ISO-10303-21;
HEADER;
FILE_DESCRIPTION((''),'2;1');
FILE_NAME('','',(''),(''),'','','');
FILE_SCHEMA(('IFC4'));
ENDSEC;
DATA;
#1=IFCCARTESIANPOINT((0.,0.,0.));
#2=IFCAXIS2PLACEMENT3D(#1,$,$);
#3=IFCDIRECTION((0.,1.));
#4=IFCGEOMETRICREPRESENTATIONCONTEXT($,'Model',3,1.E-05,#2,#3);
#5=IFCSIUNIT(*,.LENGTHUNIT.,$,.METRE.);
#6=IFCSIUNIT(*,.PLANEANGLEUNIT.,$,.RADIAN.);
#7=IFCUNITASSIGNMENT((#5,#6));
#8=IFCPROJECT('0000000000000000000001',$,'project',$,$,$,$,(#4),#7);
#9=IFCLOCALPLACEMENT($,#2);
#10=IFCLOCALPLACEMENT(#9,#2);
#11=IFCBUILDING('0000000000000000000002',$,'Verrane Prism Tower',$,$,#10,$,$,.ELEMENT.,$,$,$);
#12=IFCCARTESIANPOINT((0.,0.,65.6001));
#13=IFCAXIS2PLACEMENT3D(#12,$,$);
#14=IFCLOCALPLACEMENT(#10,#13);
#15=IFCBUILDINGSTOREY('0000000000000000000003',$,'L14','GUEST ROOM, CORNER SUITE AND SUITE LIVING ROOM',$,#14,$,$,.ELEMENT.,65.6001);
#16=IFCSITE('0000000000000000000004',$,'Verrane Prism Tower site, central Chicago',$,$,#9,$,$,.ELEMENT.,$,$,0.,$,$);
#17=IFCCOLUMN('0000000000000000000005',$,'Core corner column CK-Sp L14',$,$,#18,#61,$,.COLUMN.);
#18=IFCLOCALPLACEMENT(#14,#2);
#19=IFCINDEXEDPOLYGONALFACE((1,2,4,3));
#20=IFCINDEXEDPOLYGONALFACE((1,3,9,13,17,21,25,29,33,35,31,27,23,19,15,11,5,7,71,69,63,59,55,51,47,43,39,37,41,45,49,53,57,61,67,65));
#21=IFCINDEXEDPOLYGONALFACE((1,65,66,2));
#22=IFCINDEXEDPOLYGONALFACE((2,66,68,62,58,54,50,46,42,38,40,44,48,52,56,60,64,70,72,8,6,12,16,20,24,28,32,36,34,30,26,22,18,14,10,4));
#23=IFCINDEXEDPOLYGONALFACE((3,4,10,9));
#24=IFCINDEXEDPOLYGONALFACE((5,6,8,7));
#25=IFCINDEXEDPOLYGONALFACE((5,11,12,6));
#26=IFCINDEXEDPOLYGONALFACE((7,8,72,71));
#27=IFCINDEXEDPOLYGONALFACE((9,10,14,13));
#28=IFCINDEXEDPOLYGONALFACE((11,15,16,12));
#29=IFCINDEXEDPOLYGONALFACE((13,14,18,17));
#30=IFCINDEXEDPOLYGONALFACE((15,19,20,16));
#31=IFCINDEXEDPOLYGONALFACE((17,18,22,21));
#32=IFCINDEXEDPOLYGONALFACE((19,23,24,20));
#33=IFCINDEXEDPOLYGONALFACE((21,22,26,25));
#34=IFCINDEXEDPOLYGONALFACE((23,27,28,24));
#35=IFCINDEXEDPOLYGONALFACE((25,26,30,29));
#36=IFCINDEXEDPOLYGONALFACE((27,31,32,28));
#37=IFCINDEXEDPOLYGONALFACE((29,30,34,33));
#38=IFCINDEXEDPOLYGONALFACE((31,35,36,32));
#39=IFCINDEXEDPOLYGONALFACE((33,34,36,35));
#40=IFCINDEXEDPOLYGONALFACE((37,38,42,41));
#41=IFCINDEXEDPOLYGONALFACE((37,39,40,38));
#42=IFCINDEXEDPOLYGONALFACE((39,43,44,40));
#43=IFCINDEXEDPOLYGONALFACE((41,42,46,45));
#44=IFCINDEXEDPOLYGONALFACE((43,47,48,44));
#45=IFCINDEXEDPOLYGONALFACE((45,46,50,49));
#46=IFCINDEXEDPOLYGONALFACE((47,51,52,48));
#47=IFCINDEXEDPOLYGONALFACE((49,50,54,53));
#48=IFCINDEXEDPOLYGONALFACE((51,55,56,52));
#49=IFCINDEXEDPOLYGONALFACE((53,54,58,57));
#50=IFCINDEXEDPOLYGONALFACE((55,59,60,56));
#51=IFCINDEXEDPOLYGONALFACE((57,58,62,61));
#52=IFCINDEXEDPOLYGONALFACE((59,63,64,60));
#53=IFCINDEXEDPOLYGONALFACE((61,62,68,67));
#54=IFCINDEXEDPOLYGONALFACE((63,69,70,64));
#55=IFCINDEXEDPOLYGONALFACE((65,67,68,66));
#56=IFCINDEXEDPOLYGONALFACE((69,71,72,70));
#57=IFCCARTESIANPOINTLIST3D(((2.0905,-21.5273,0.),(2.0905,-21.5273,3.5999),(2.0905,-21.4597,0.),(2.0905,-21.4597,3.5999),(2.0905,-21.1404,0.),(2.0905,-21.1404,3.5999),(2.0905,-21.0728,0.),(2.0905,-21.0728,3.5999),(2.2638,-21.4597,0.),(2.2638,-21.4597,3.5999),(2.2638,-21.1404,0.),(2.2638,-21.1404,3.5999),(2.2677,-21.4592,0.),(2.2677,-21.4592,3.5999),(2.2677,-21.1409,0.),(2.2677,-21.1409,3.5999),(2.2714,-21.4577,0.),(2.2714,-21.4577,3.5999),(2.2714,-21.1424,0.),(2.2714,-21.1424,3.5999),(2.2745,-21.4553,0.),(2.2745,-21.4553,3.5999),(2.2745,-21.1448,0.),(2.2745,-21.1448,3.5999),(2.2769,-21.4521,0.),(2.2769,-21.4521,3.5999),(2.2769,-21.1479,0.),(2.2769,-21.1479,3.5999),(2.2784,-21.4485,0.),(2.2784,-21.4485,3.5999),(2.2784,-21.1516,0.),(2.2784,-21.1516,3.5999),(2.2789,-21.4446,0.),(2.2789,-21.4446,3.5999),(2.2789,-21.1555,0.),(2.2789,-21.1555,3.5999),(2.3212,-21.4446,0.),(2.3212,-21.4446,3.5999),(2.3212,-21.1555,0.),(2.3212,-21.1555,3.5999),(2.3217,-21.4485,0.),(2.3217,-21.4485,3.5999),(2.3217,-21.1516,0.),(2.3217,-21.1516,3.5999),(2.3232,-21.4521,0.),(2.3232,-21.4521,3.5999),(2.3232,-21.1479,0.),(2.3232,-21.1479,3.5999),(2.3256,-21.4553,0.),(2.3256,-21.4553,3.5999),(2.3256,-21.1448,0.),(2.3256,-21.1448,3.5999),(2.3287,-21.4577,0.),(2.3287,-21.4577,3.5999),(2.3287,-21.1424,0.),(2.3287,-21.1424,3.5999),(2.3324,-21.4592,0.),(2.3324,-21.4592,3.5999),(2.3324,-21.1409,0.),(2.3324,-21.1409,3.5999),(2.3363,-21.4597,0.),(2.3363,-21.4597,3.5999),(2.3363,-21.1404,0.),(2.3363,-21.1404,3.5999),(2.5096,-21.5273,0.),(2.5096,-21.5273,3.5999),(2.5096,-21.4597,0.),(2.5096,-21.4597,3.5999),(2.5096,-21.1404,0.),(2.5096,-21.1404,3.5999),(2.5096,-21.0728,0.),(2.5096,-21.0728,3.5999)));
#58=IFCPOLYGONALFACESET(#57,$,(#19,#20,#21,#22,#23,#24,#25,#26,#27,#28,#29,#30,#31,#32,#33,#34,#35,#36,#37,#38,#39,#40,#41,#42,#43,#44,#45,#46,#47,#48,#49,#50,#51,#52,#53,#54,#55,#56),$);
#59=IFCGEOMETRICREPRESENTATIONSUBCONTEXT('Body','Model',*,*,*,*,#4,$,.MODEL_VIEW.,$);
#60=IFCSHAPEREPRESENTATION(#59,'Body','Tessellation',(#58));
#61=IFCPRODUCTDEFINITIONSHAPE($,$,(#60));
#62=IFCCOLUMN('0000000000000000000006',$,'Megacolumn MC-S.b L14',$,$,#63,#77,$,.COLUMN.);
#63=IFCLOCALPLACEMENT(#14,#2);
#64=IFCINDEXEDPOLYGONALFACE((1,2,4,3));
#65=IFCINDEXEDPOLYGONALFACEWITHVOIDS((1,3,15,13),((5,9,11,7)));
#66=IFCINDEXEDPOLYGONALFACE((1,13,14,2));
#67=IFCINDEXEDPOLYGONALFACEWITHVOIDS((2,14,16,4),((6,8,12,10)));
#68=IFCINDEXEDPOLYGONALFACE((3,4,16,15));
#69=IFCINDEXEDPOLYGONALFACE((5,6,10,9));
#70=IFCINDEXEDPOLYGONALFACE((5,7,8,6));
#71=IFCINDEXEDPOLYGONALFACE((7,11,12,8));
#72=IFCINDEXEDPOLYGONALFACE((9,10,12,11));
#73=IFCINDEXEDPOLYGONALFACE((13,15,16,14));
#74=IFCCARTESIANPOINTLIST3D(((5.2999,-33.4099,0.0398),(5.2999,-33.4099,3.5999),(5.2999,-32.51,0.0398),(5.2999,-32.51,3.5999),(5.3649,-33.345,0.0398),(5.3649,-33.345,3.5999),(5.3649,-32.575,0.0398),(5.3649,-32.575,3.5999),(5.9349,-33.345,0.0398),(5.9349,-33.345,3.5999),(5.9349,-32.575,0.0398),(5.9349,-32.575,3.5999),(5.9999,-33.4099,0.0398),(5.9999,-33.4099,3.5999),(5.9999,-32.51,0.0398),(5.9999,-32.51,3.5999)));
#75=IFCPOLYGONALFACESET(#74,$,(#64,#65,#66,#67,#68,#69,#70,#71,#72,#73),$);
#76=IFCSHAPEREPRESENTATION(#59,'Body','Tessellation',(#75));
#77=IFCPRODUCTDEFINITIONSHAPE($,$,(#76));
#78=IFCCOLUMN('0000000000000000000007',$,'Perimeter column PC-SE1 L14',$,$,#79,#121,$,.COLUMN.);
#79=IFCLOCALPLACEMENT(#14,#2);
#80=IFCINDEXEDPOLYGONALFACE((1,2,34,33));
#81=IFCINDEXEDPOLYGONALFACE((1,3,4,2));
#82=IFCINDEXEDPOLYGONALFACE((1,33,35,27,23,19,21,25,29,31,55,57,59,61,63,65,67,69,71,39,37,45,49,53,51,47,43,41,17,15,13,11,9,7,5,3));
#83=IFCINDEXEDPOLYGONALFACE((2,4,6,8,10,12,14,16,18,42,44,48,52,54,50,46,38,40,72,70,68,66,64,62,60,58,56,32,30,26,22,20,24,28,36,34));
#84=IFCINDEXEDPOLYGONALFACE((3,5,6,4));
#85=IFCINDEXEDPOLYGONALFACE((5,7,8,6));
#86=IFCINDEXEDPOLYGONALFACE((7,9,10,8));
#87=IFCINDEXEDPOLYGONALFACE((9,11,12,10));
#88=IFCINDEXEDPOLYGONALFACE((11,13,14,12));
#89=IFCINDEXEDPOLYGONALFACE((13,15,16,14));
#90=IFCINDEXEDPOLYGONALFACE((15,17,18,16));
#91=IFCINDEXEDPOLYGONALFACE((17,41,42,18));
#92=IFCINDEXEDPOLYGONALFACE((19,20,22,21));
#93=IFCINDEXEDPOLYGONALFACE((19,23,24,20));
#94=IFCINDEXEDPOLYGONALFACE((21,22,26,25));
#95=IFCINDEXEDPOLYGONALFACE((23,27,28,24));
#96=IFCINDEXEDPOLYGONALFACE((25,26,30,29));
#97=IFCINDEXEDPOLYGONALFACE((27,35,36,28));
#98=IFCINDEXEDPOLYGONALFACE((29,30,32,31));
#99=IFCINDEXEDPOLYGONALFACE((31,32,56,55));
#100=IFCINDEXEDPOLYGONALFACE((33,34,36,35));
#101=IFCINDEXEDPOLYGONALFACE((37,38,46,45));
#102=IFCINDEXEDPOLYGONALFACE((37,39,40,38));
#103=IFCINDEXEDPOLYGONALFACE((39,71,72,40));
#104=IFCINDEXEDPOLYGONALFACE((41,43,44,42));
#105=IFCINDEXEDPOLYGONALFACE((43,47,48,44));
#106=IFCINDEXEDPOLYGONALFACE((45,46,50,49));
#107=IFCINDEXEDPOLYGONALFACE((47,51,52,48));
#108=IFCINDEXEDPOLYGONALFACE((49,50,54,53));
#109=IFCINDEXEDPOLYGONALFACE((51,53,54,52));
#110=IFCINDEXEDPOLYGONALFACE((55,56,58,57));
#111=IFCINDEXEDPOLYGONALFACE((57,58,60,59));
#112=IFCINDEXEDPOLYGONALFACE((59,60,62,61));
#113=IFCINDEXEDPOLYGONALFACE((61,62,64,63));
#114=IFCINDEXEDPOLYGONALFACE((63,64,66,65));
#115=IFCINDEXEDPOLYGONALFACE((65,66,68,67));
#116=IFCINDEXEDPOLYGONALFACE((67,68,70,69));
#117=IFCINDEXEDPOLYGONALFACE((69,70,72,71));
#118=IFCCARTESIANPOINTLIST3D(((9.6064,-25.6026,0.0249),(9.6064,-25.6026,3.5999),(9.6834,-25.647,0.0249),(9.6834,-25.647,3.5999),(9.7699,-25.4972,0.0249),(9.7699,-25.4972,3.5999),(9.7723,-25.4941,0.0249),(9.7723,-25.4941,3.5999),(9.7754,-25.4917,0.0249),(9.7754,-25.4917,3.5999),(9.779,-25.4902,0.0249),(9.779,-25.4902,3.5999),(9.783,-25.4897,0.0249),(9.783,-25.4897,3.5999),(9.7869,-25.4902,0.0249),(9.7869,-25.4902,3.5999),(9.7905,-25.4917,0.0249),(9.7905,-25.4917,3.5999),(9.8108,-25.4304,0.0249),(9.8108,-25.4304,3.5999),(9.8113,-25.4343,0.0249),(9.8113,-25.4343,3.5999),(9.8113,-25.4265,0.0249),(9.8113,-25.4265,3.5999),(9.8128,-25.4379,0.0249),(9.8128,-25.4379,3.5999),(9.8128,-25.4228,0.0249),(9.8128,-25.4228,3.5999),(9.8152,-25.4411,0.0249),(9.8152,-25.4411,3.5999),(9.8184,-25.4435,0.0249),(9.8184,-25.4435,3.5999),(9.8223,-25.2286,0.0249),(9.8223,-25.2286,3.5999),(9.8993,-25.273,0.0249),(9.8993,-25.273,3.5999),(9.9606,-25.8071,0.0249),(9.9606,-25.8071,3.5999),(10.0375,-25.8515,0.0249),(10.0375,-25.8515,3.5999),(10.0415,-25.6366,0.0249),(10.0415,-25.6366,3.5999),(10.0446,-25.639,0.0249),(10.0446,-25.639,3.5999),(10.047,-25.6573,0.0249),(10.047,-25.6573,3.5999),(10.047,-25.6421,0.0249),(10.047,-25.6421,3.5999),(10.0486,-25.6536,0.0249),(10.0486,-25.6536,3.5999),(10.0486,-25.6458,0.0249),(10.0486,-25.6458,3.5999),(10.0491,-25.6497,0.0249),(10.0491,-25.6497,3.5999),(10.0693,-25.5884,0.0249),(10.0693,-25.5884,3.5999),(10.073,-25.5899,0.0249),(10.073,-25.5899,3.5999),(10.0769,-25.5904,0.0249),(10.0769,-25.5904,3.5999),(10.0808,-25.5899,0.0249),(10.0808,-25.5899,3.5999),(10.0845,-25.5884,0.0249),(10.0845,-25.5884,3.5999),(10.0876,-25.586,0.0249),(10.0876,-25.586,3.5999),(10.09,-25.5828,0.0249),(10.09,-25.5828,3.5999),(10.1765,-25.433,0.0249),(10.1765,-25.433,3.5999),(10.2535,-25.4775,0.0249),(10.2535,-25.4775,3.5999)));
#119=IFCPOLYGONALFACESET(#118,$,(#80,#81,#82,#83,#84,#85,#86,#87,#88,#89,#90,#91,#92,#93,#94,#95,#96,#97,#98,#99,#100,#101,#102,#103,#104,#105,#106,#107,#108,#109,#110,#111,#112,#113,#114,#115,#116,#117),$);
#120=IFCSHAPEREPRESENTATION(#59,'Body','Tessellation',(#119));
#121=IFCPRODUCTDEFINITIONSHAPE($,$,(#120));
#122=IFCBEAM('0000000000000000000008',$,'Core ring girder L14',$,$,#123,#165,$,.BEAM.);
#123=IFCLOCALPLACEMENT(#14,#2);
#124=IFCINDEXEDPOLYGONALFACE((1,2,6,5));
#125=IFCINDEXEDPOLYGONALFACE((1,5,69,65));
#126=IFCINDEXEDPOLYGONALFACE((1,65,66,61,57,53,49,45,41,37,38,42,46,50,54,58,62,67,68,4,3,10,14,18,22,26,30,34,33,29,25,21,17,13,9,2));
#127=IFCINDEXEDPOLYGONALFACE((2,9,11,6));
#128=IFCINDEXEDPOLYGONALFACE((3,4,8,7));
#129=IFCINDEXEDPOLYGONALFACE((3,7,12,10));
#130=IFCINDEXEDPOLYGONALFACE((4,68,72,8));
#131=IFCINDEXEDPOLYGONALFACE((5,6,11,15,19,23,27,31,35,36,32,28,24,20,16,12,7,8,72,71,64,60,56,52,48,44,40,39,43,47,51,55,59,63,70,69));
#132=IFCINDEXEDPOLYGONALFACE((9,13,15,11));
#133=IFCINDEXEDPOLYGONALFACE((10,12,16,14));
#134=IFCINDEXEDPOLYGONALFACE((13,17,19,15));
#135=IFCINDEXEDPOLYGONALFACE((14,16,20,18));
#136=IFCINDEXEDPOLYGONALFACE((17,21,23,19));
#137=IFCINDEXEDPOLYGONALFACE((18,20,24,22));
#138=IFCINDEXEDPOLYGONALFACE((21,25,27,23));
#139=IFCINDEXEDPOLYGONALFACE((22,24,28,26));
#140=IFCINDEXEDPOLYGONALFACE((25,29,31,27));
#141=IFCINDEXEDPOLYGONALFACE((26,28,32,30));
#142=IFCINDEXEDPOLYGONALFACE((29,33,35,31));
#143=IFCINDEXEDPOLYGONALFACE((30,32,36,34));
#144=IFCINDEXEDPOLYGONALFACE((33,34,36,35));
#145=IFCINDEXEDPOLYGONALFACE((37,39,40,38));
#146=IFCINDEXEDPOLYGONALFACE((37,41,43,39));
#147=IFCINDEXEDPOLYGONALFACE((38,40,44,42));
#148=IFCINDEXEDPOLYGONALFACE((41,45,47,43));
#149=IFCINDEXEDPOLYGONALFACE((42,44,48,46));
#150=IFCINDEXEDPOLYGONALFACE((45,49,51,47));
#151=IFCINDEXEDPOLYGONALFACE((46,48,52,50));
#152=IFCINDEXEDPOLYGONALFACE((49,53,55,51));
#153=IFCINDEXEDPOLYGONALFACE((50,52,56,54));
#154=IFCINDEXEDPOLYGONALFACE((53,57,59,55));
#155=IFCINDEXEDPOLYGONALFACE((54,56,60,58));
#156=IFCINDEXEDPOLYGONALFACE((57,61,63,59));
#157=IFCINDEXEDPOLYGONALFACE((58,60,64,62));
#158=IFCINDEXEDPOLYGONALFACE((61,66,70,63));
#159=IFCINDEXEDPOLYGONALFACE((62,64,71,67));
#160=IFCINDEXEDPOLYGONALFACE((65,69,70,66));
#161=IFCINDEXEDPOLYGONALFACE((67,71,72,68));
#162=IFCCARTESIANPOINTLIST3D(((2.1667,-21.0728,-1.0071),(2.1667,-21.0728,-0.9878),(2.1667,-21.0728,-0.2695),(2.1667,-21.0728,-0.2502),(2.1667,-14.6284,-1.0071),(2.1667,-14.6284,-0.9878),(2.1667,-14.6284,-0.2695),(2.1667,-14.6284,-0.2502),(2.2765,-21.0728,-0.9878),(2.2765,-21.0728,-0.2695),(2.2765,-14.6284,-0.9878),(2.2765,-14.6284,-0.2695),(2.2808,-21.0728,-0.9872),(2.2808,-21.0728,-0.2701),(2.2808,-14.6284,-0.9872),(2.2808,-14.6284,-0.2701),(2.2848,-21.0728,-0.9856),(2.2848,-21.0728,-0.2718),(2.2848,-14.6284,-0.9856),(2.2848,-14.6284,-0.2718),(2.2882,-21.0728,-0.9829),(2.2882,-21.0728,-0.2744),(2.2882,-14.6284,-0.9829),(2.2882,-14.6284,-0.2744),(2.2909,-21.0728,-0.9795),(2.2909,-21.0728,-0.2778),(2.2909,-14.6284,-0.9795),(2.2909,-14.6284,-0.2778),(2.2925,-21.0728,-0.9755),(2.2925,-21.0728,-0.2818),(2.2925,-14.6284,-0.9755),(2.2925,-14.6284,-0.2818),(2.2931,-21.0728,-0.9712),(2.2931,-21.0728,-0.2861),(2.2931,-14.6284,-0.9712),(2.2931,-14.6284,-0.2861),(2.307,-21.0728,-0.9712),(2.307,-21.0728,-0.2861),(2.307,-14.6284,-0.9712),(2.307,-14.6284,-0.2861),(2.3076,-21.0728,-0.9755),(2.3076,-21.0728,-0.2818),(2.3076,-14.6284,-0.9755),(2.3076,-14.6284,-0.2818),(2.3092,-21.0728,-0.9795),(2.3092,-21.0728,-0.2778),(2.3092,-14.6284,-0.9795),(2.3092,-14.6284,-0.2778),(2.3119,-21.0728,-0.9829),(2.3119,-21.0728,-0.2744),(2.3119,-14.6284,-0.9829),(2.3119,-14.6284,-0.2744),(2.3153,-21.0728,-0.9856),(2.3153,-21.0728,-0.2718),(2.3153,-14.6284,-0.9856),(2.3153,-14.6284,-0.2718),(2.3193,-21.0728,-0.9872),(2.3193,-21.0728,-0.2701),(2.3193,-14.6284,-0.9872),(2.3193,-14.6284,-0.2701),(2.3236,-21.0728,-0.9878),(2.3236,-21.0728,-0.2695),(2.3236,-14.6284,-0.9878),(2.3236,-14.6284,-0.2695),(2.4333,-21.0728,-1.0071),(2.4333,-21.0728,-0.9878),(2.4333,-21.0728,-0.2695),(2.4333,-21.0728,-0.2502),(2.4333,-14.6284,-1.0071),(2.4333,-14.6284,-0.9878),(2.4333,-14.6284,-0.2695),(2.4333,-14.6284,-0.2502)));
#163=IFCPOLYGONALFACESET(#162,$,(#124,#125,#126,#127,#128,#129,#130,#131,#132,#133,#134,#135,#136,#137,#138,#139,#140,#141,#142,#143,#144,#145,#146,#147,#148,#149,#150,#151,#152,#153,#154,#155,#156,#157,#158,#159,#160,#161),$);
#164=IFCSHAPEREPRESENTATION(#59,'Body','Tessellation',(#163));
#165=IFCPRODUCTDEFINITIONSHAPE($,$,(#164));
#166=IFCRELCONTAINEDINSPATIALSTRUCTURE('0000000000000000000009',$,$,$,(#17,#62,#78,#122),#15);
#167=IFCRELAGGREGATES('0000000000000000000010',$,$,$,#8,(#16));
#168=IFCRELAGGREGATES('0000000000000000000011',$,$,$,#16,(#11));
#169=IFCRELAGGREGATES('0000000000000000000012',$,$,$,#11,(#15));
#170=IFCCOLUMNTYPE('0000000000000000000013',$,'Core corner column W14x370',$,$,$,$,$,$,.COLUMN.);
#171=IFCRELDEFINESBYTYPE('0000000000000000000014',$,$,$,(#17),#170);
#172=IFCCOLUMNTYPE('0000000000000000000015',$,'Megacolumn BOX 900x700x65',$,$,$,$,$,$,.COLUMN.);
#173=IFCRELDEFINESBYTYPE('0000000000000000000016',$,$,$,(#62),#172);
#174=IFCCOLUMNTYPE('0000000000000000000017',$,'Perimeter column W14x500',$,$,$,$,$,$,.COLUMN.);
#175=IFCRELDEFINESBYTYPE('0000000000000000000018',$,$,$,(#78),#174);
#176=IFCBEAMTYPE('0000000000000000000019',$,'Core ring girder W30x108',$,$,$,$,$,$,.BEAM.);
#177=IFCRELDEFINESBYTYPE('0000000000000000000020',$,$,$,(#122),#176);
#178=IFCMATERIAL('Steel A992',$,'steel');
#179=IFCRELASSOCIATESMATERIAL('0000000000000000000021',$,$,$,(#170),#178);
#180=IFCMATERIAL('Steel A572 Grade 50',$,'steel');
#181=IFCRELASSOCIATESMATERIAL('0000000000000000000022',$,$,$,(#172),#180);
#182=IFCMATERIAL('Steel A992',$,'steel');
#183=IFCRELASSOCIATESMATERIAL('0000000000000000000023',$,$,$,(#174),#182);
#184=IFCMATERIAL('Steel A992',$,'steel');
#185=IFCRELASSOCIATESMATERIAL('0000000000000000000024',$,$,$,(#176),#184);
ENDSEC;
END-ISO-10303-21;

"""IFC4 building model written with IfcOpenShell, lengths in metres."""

from ifc_helpers import new_model, si_unit, direction, frame, origin, origin_2d, place, context, subcontext, project, spatial, hollow_rectangle, i_section, extrude, material, material_profile, profile_set, type_object, element, save


model = new_model("IFC4")

# Units and contexts
model_context = context("Model", 3, precision=1e-05, world=origin(), true_north=direction((0.0, 1.0)))
body_context = subcontext(model_context, "Body", "Model", "MODEL_VIEW")
ifc_project = project(units=[si_unit("LENGTHUNIT", "METRE"), si_unit("PLANEANGLEUNIT", "RADIAN")], contexts=[model_context])

# Site, building, storey
site_placement = place(None, origin())
site = spatial("IfcSite", under=ifc_project, at=site_placement, Name="Verrane Prism Tower site, central Chicago", CompositionType="ELEMENT", RefElevation=0.0)
building_placement = place(site_placement, origin())
building = spatial("IfcBuilding", under=site, at=building_placement, Name="Verrane Prism Tower", CompositionType="ELEMENT")
storey_placement = place(building_placement, frame((0.0, 0.0, 65.6001)))
storey = spatial("IfcBuildingStorey", under=building, at=storey_placement, Name="L14", Description="GUEST ROOM, CORNER SUITE AND SUITE LIVING ROOM", CompositionType="ELEMENT", Elevation=65.6001)

# Columns
ifc_material_1 = material(Name="Steel A992", Category="steel")
ifc_material_profile_1 = material_profile(ifc_material_1, i_section(OverallWidth=0.4192, OverallDepth=0.4546, WebThickness=0.0422, FlangeThickness=0.0676, FilletRadius=0.0151, at=origin_2d()), Name="W14x370")
ifc_profile_set_1 = profile_set([ifc_material_profile_1], Name="Steel A992")
column_type_1 = type_object("IfcColumnType", Name="Core corner column W14x370", PredefinedType="COLUMN", material=ifc_profile_set_1)
column_1_placement = place(storey_placement, frame((2.3, -21.3, 0.0), z_axis=(0.0, 0.0, 1.0), x_axis=(-1.0, 0.0, 0.0)))
element("IfcColumn", 1, at=column_1_placement, inside=storey, type_object=column_type_1, Name="Core corner column CK-Sp L14", PredefinedType="COLUMN", context=body_context, shape_type="SweptSolid", body=[
    extrude(i_section(OverallWidth=0.4192, OverallDepth=0.4546, WebThickness=0.0422, FlangeThickness=0.0676, FilletRadius=0.0151, at=origin_2d()), origin(), (0.0, 0.0, 1.0), 3.5999),
])
ifc_material_2 = material(Name="Steel A572 Grade 50", Category="steel")
ifc_material_profile_2 = material_profile(ifc_material_2, hollow_rectangle(XDim=0.7, YDim=0.8999, WallThickness=0.0649, at=origin_2d()), Name="BOX 900x700x65")
ifc_profile_set_2 = profile_set([ifc_material_profile_2], Name="Steel A572 Grade 50")
column_type_2 = type_object("IfcColumnType", Name="Megacolumn BOX 900x700x65", PredefinedType="COLUMN", material=ifc_profile_set_2)
column_2_placement = place(storey_placement, frame((5.6499, -32.96, 0.0398), z_axis=(0.0, 0.0, 1.0), x_axis=(-1.0, 0.0, 0.0)))
element("IfcColumn", 2, at=column_2_placement, inside=storey, type_object=column_type_2, Name="Megacolumn MC-S.b L14", PredefinedType="COLUMN", context=body_context, shape_type="SweptSolid", body=[
    extrude(hollow_rectangle(XDim=0.7, YDim=0.8999, WallThickness=0.0649, at=origin_2d()), origin(), (0.0, 0.0, 1.0), 3.5601),
])
ifc_material_3 = material(Name="Steel A992", Category="steel")
ifc_material_profile_3 = material_profile(ifc_material_3, i_section(OverallWidth=0.4319, OverallDepth=0.4978, WebThickness=0.0557, FlangeThickness=0.0889, FilletRadius=0.0151, at=origin_2d()), Name="W14x500")
ifc_profile_set_3 = profile_set([ifc_material_profile_3], Name="Steel A992")
column_type_3 = type_object("IfcColumnType", Name="Perimeter column W14x500", PredefinedType="COLUMN", material=ifc_profile_set_3)
column_3_placement = place(storey_placement, frame((9.9299, -25.54, 0.0249), z_axis=(0.0, 0.0, 1.0), x_axis=(-0.5, -0.866025, 0.0)))
element("IfcColumn", 3, at=column_3_placement, inside=storey, type_object=column_type_3, Name="Perimeter column PC-SE1 L14", PredefinedType="COLUMN", context=body_context, shape_type="SweptSolid", body=[
    extrude(i_section(OverallWidth=0.4319, OverallDepth=0.4978, WebThickness=0.0557, FlangeThickness=0.0889, FilletRadius=0.0151, at=origin_2d()), origin(), (0.0, 0.0, 1.0), 3.575),
])

# Beam
ifc_material_4 = material(Name="Steel A992", Category="steel")
ifc_material_profile_4 = material_profile(ifc_material_4, i_section(OverallWidth=0.2666, OverallDepth=0.7568, WebThickness=0.0139, FlangeThickness=0.0193, FilletRadius=0.0166, at=origin_2d()), Name="W30x108")
ifc_profile_set_4 = profile_set([ifc_material_profile_4], Name="Steel A992")
beam_type_1 = type_object("IfcBeamType", Name="Core ring girder W30x108", PredefinedType="BEAM", material=ifc_profile_set_4)
beam_1_placement = place(storey_placement, frame((2.3, -21.0728, -0.6287), z_axis=(0.0, 1.0, 0.0), x_axis=(-1.0, 0.0, 0.0)))
element("IfcBeam", 4, at=beam_1_placement, inside=storey, type_object=beam_type_1, Name="Core ring girder L14", PredefinedType="BEAM", context=body_context, shape_type="SweptSolid", body=[
    extrude(i_section(OverallWidth=0.2666, OverallDepth=0.7568, WebThickness=0.0139, FlangeThickness=0.0193, FilletRadius=0.0166, at=origin_2d()), origin(), (0.0, 0.0, 1.0), 6.4443),
])

save(model, "model.ifc")
